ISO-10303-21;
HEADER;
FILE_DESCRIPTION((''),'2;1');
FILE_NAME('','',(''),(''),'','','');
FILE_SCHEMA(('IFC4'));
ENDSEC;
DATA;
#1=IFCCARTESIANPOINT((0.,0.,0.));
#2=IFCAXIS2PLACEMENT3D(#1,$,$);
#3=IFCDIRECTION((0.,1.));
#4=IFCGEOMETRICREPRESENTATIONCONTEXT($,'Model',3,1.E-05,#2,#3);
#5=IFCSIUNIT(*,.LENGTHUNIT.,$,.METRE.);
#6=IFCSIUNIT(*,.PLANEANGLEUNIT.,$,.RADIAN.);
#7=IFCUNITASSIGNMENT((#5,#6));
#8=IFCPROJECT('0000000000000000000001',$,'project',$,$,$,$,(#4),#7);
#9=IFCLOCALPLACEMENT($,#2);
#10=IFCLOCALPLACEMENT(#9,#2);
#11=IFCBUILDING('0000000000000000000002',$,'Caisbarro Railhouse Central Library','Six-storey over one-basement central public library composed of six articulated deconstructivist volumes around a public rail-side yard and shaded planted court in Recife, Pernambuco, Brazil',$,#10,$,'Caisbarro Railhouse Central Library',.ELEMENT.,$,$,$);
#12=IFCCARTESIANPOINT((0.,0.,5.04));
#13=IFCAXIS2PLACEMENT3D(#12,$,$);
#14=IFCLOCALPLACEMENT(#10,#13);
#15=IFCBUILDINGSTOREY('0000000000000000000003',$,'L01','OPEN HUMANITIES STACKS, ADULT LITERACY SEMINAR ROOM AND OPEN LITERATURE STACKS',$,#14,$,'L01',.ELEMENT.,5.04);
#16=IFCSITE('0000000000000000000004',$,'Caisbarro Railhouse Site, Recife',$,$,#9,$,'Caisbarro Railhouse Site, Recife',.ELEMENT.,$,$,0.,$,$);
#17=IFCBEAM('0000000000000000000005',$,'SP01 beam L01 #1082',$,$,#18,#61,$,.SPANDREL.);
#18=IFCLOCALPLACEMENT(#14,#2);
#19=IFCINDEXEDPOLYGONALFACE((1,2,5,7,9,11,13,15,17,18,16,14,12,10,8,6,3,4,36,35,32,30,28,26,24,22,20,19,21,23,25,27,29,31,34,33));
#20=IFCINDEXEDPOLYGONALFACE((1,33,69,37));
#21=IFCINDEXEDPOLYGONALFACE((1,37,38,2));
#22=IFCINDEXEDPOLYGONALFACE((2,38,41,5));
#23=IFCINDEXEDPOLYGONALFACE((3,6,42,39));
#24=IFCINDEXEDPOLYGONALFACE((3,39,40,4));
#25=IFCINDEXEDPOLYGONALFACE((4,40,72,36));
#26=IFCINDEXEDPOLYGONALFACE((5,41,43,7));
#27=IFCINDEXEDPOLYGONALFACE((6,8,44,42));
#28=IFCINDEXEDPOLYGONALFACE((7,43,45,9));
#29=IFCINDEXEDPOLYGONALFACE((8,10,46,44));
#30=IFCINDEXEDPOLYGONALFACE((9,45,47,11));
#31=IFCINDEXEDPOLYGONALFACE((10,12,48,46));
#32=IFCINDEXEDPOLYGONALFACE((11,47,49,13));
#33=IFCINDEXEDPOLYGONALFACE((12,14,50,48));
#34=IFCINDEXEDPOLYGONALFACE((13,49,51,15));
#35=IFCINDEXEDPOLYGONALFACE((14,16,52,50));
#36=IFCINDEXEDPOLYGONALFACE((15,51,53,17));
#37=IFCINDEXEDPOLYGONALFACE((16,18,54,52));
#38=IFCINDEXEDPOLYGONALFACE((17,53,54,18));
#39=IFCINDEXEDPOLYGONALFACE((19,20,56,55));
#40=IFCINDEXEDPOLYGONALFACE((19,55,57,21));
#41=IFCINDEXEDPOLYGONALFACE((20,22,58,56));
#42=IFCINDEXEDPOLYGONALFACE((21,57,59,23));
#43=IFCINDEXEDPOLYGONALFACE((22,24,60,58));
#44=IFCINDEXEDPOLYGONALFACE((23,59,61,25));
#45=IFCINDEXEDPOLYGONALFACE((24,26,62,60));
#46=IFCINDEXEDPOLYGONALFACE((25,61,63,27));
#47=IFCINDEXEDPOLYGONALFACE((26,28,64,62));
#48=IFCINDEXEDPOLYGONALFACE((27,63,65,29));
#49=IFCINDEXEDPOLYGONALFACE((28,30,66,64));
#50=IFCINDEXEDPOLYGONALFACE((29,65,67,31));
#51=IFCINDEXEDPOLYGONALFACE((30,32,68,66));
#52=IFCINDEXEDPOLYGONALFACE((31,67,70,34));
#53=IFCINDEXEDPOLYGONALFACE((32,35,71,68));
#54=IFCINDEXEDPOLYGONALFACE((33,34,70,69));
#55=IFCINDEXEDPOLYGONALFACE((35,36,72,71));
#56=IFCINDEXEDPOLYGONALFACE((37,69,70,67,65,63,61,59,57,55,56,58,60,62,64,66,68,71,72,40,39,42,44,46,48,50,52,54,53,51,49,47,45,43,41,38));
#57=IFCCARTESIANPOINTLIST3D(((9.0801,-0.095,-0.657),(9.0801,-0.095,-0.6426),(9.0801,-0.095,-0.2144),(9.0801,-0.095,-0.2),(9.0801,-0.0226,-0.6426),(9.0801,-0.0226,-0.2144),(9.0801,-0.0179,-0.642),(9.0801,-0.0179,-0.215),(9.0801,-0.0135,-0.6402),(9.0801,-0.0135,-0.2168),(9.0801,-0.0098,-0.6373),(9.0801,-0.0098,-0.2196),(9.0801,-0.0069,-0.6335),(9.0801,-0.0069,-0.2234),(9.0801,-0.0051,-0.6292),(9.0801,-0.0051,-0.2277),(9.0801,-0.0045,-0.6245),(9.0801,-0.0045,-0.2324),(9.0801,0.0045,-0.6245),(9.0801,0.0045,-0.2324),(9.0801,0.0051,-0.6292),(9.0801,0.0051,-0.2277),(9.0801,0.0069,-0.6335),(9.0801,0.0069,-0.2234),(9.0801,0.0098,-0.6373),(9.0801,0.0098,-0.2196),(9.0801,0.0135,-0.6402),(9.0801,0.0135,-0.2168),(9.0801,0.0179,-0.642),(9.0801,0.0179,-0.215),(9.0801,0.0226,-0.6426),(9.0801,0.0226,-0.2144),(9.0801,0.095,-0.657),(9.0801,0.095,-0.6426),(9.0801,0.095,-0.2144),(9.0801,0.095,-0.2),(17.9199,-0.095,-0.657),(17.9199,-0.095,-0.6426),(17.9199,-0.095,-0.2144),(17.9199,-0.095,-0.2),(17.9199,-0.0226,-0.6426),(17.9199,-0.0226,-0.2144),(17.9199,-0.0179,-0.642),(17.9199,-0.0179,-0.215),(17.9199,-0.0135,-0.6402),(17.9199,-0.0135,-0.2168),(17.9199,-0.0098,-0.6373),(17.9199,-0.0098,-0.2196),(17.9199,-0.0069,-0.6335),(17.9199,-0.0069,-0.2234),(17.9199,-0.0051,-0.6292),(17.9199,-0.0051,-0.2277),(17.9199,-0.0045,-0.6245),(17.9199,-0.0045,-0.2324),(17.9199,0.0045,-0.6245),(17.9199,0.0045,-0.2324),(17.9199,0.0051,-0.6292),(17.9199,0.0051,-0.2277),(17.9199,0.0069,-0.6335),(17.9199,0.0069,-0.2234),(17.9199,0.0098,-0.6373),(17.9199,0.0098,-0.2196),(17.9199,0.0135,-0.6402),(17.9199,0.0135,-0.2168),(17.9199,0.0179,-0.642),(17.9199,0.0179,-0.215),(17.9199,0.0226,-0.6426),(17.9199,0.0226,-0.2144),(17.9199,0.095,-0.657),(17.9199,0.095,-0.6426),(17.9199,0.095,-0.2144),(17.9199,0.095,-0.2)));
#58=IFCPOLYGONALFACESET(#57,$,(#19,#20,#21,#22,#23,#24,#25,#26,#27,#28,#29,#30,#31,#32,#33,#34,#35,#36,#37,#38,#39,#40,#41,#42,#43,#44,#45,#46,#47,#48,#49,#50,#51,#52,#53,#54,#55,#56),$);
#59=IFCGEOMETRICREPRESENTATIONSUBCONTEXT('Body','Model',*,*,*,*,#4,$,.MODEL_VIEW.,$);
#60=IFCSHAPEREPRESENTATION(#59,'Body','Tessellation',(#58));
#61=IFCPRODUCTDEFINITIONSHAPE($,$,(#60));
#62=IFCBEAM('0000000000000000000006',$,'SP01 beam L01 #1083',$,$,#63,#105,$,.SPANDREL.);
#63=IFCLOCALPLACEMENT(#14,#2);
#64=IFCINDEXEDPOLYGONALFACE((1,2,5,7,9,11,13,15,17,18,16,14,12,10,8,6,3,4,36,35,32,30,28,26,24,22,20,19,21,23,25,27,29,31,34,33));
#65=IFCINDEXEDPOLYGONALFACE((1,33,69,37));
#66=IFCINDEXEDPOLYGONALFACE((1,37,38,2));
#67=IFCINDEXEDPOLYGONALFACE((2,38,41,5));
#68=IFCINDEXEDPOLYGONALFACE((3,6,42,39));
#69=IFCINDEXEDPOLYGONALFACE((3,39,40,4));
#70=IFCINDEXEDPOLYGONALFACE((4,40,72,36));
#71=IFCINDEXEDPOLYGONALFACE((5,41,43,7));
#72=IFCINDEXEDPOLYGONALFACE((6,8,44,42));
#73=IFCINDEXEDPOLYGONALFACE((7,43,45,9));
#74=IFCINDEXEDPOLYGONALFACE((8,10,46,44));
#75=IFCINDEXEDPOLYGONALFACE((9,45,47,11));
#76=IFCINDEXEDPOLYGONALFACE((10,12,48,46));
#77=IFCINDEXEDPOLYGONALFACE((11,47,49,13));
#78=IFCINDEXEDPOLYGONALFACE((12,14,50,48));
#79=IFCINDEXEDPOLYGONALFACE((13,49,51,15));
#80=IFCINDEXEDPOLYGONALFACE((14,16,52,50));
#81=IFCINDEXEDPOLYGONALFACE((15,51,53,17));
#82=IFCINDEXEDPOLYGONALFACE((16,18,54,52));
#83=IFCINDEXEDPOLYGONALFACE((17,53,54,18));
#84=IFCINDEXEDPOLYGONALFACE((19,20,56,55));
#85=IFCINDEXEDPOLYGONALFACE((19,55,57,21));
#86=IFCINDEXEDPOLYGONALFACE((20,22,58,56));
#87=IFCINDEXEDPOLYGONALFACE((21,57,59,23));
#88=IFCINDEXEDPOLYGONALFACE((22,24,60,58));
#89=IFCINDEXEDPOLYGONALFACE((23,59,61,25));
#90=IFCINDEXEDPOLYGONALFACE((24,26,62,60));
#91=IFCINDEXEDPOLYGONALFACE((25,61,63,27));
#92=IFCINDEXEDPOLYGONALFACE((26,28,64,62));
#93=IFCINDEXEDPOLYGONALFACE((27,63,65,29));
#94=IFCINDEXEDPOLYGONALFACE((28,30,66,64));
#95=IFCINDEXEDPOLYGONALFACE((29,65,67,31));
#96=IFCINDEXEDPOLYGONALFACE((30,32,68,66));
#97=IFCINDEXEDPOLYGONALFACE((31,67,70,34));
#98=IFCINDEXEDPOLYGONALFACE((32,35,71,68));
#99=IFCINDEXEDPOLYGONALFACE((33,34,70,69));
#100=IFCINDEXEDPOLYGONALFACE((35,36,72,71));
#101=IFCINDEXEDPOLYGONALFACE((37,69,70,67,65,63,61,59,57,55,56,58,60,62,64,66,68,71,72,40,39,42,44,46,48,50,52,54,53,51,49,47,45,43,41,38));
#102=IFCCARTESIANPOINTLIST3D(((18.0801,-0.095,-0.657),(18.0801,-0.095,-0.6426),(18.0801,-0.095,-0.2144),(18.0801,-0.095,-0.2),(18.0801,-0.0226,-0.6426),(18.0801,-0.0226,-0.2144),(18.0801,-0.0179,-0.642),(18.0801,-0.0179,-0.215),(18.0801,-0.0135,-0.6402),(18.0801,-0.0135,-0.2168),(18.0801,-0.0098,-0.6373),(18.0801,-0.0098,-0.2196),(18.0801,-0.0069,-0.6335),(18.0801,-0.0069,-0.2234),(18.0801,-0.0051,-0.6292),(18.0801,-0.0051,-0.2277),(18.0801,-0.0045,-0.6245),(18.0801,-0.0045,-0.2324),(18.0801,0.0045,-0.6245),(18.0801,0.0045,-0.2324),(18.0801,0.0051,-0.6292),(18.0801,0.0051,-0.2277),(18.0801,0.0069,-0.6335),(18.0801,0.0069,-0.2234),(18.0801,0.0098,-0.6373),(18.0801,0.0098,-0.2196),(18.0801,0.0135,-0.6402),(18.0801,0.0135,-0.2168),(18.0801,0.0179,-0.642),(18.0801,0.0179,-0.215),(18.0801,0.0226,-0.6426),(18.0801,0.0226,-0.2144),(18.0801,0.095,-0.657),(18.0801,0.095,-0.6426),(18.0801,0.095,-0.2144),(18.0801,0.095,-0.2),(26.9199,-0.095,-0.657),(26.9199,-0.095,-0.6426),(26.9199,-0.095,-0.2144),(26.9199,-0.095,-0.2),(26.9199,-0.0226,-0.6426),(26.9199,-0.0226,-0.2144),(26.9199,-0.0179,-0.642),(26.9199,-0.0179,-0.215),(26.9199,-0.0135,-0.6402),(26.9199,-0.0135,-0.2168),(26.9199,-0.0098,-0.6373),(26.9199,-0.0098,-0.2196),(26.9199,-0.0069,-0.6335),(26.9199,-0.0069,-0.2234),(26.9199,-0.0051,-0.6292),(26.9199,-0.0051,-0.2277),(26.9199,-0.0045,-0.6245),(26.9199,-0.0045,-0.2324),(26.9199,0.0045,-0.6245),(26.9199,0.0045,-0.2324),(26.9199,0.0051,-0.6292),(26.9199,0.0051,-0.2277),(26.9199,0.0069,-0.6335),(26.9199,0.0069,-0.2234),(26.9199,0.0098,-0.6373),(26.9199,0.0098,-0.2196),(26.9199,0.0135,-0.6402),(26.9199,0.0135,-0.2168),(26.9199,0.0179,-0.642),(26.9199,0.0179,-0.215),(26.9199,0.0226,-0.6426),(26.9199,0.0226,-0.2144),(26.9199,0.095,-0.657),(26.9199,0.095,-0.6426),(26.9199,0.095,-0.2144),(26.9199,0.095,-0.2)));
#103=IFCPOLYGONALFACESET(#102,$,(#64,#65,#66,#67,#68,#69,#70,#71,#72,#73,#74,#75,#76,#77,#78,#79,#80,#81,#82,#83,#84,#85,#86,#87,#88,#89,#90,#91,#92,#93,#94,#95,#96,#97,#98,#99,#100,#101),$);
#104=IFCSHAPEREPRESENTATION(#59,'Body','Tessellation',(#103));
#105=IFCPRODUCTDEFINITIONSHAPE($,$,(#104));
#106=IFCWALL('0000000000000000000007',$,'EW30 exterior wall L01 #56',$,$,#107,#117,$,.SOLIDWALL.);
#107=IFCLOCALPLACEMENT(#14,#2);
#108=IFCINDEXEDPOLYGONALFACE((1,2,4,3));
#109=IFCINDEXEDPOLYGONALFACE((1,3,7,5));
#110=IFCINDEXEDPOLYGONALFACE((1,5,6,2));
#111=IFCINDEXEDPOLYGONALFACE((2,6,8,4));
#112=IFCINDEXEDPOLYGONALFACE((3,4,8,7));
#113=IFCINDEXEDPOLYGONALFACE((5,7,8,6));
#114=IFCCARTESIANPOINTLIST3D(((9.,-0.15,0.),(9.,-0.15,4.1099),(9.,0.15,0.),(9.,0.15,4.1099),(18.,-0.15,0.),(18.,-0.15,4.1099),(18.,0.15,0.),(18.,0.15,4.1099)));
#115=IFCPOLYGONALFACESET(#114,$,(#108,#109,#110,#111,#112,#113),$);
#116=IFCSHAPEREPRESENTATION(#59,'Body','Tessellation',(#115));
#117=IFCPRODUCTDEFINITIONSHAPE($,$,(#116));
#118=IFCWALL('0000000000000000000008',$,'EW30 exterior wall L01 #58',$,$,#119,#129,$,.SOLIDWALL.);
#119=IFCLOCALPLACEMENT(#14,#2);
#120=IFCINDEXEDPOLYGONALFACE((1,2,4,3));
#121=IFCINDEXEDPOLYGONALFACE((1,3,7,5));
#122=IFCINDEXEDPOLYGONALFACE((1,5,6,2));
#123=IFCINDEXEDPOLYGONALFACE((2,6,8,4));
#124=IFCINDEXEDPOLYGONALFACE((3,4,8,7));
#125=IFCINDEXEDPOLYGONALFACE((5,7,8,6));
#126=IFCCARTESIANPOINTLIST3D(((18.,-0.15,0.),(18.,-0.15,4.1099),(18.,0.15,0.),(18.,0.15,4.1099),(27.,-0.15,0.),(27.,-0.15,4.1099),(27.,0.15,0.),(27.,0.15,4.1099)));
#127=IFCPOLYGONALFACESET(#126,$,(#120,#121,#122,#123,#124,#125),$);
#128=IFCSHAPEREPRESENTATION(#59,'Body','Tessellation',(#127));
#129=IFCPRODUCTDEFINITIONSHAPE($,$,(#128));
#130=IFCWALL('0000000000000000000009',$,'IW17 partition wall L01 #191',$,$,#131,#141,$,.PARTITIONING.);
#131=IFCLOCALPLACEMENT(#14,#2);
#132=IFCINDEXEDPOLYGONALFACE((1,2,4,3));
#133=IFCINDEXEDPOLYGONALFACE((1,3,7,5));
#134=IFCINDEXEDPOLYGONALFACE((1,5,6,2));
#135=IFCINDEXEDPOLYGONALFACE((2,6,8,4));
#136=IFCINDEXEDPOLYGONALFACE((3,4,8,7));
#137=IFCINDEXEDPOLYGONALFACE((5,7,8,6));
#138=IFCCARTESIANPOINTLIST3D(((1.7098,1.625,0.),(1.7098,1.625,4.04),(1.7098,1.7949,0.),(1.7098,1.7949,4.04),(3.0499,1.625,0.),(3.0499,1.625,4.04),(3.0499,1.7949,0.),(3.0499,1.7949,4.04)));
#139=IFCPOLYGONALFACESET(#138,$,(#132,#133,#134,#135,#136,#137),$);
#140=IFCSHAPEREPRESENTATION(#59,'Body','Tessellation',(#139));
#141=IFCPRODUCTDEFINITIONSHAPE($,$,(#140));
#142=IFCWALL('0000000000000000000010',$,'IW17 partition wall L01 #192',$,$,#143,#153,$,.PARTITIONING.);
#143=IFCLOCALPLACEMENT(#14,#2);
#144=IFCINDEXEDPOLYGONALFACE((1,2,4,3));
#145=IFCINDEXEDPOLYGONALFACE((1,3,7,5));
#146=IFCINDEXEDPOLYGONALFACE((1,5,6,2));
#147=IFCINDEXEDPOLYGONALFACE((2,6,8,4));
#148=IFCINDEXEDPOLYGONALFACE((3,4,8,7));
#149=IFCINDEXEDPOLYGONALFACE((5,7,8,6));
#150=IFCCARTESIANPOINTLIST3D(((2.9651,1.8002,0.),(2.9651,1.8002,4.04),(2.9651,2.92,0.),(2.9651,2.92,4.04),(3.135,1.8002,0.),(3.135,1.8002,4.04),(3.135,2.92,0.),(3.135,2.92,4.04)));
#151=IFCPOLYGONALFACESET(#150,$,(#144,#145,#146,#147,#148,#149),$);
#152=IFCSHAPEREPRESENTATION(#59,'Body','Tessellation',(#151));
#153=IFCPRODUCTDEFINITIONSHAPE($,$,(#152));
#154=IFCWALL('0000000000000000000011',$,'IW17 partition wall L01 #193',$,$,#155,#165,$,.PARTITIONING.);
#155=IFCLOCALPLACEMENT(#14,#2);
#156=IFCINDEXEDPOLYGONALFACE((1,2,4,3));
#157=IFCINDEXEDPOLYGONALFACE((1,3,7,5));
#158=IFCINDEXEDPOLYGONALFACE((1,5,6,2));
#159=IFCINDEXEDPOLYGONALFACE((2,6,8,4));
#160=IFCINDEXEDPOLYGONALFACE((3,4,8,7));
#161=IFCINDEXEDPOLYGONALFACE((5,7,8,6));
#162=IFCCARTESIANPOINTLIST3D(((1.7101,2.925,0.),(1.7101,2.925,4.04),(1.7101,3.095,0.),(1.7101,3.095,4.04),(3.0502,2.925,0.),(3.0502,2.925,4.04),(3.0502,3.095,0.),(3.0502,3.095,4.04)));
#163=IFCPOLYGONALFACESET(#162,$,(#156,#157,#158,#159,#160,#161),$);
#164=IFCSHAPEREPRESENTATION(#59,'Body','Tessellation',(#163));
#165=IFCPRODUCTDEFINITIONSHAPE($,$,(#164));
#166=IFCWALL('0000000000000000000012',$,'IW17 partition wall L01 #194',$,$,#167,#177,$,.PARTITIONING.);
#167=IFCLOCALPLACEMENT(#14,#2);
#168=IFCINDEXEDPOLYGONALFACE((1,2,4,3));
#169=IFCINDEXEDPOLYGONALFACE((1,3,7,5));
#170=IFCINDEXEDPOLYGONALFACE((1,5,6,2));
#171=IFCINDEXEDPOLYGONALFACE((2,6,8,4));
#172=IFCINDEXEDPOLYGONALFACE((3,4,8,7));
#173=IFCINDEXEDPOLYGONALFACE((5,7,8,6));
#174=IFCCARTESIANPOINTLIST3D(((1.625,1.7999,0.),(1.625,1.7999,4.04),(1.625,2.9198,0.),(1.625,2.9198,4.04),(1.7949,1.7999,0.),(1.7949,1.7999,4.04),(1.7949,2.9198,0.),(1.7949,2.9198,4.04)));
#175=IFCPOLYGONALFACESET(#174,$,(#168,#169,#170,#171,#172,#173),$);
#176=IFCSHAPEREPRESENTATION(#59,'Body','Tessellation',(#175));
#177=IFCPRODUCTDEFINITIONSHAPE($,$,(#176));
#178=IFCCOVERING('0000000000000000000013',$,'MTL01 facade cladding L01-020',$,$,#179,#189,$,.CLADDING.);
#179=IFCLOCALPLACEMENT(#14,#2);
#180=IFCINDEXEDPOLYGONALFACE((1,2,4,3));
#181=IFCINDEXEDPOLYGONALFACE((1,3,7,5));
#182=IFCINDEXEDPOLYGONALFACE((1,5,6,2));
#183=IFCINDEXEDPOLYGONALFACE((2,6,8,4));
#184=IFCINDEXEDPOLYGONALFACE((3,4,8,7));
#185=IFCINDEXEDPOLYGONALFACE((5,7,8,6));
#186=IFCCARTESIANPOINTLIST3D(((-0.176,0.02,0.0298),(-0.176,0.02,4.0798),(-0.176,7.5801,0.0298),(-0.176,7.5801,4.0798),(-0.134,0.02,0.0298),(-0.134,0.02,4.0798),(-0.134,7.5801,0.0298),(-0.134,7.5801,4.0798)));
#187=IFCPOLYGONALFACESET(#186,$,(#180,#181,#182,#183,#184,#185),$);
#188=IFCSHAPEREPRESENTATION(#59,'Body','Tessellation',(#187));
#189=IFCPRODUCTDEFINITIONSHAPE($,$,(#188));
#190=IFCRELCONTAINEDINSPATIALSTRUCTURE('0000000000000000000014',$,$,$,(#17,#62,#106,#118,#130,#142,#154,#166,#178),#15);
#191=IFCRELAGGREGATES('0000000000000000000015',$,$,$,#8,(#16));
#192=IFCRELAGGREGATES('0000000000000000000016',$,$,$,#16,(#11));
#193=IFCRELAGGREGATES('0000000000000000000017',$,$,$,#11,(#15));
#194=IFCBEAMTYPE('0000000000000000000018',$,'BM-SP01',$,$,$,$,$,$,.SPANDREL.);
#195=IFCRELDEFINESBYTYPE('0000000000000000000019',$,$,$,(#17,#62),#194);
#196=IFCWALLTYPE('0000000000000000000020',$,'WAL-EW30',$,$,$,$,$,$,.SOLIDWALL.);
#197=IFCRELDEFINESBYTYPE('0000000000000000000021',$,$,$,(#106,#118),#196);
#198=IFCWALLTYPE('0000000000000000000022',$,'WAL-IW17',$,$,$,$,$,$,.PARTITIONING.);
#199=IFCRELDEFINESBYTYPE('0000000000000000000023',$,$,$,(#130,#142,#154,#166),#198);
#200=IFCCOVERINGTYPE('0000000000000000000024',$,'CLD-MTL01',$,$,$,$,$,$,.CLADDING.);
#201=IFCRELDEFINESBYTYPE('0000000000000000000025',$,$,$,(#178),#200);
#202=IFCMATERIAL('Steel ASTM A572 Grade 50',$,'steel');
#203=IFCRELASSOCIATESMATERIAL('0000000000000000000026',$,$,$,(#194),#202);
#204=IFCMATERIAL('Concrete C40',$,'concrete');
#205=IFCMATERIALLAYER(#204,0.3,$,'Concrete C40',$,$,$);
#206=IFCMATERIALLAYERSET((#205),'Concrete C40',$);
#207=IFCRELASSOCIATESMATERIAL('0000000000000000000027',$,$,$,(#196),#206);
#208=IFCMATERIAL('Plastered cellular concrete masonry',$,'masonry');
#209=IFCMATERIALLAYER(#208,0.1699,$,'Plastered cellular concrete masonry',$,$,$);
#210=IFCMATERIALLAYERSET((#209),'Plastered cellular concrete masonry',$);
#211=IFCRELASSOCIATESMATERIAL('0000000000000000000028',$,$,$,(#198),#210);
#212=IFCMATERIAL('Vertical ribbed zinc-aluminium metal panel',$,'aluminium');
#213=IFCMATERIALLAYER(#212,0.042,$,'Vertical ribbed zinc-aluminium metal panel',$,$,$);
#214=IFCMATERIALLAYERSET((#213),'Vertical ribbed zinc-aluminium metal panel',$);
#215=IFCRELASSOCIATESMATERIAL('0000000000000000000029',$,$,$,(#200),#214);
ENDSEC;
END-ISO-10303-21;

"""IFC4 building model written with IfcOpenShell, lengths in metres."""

from ifc_helpers import new_model, si_unit, direction, frame, frame_2d, origin, origin_2d, place, context, subcontext, project, spatial, rectangle, i_section, extrude, material, layer, layer_set, material_profile, profile_set, type_object, element, save


model = new_model("IFC4")

# Units and contexts
model_context = context("Model", 3, precision=1e-05, world=origin(), true_north=direction((0.0, 1.0)))
body_context = subcontext(model_context, "Body", "Model", "MODEL_VIEW")
ifc_project = project(units=[si_unit("LENGTHUNIT", "METRE"), si_unit("PLANEANGLEUNIT", "RADIAN")], contexts=[model_context])

# Site, building, storey
site_placement = place(None, origin())
site = spatial("IfcSite", under=ifc_project, at=site_placement, Name="Caisbarro Railhouse Site, Recife", LongName="Caisbarro Railhouse Site, Recife", CompositionType="ELEMENT", RefElevation=0.0)
building_placement = place(site_placement, origin())
building = spatial("IfcBuilding", under=site, at=building_placement, Name="Caisbarro Railhouse Central Library", Description="Six-storey over one-basement central public library composed of six articulated deconstructivist volumes around a public rail-side yard and shaded planted court in Recife, Pernambuco, Brazil", LongName="Caisbarro Railhouse Central Library", CompositionType="ELEMENT")
storey_placement = place(building_placement, frame((0.0, 0.0, 5.04)))
storey = spatial("IfcBuildingStorey", under=building, at=storey_placement, Name="L01", Description="OPEN HUMANITIES STACKS, ADULT LITERACY SEMINAR ROOM AND OPEN LITERATURE STACKS", LongName="L01", CompositionType="ELEMENT", Elevation=5.04)

# Shared definitions
ifc_material_1 = material(Name="Steel ASTM A572 Grade 50", Category="steel")

# Beams
ifc_material_profile_1 = material_profile(ifc_material_1, i_section(OverallWidth=0.1899, OverallDepth=0.457, WebThickness=0.009, FlangeThickness=0.0144, FilletRadius=0.0181, at=origin_2d()), Name="W460X74.0")
ifc_profile_set_1 = profile_set([ifc_material_profile_1], Name="Steel ASTM A572 Grade 50")
beam_type_1 = type_object("IfcBeamType", Name="BM-SP01", PredefinedType="SPANDREL", material=ifc_profile_set_1)
for number, where, z_axis, x_axis, name in (
    (1, (9.0801, 0.0, -0.4285), (1.0, 0.0, 0.0), (0.0, 1.0, 0.0), "SP01 beam L01 #1082"),
    (2, (18.0801, 0.0, -0.4285), (1.0, 0.0, 0.0), (0.0, 1.0, 0.0), "SP01 beam L01 #1083"),
):
    element("IfcBeam", number, at=place(storey_placement, frame(where, z_axis=z_axis, x_axis=x_axis)), inside=storey, type_object=beam_type_1, Name=name, PredefinedType="SPANDREL", context=body_context, shape_type="SweptSolid", body=[
        extrude(i_section(OverallWidth=0.1899, OverallDepth=0.457, WebThickness=0.009, FlangeThickness=0.0144, FilletRadius=0.0181, at=origin_2d()), origin(), (0.0, 0.0, 1.0), 8.8398),
    ])

# Walls
ifc_material_2 = material(Name="Concrete C40", Category="concrete")
ifc_layer_1 = layer(ifc_material_2, 0.3, Name="Concrete C40")
ifc_layer_set_1 = layer_set([ifc_layer_1], Name="Concrete C40")
wall_type_1 = type_object("IfcWallType", Name="WAL-EW30", PredefinedType="SOLIDWALL", material=ifc_layer_set_1)
for number, where, z_axis, x_axis, name in (
    (3, (9.0, 0.0, 0.0), (0.0, 0.0, 1.0), (1.0, 0.0, 0.0), "EW30 exterior wall L01 #56"),
    (4, (18.0, 0.0, 0.0), (0.0, 0.0, 1.0), (1.0, 0.0, 0.0), "EW30 exterior wall L01 #58"),
):
    element("IfcWall", number, at=place(storey_placement, frame(where, z_axis=z_axis, x_axis=x_axis)), inside=storey, type_object=wall_type_1, Name=name, PredefinedType="SOLIDWALL", context=body_context, shape_type="SweptSolid", body=[
        extrude(rectangle(XDim=9.0, YDim=0.3, at=frame_2d((4.5, 0.0))), origin(), (0.0, 0.0, 1.0), 4.1099),
    ])
ifc_material_3 = material(Name="Plastered cellular concrete masonry", Category="masonry")
ifc_layer_2 = layer(ifc_material_3, 0.1699, Name="Plastered cellular concrete masonry")
ifc_layer_set_2 = layer_set([ifc_layer_2], Name="Plastered cellular concrete masonry")
wall_type_2 = type_object("IfcWallType", Name="WAL-IW17", PredefinedType="PARTITIONING", material=ifc_layer_set_2)
wall_1_placement = place(storey_placement, frame((1.71, 1.71, 0.0), z_axis=(0.0, 0.0, 1.0), x_axis=(1.0, 0.0, 0.0)))
element("IfcWall", 5, at=wall_1_placement, inside=storey, type_object=wall_type_2, Name="IW17 partition wall L01 #191", PredefinedType="PARTITIONING", context=body_context, shape_type="SweptSolid", body=[
    extrude(rectangle(XDim=1.3401, YDim=0.1699, at=frame_2d((0.6699, 0.0))), origin(), (0.0, 0.0, 1.0), 4.04),
])
wall_2_placement = place(storey_placement, frame((3.05, 1.8, 0.0), z_axis=(0.0, 0.0, 1.0), x_axis=(0.0, 1.0, 0.0)))
element("IfcWall", 6, at=wall_2_placement, inside=storey, type_object=wall_type_2, Name="IW17 partition wall L01 #192", PredefinedType="PARTITIONING", context=body_context, shape_type="SweptSolid", body=[
    extrude(rectangle(XDim=1.1199, YDim=0.1699, at=frame_2d((0.5601, 0.0))), origin(), (0.0, 0.0, 1.0), 4.04),
])
wall_3_placement = place(storey_placement, frame((3.05, 3.01, 0.0), z_axis=(0.0, 0.0, 1.0), x_axis=(-1.0, 0.0, 0.0)))
element("IfcWall", 7, at=wall_3_placement, inside=storey, type_object=wall_type_2, Name="IW17 partition wall L01 #193", PredefinedType="PARTITIONING", context=body_context, shape_type="SweptSolid", body=[
    extrude(rectangle(XDim=1.3401, YDim=0.1699, at=frame_2d((0.6699, 0.0))), origin(), (0.0, 0.0, 1.0), 4.04),
])
wall_4_placement = place(storey_placement, frame((1.71, 2.9199, 0.0), z_axis=(0.0, 0.0, 1.0), x_axis=(0.0, -1.0, 0.0)))
element("IfcWall", 8, at=wall_4_placement, inside=storey, type_object=wall_type_2, Name="IW17 partition wall L01 #194", PredefinedType="PARTITIONING", context=body_context, shape_type="SweptSolid", body=[
    extrude(rectangle(XDim=1.1199, YDim=0.1699, at=frame_2d((0.5601, 0.0))), origin(), (0.0, 0.0, 1.0), 4.04),
])

# Covering
ifc_material_4 = material(Name="Vertical ribbed zinc-aluminium metal panel", Category="aluminium")
ifc_layer_3 = layer(ifc_material_4, 0.042, Name="Vertical ribbed zinc-aluminium metal panel")
ifc_layer_set_3 = layer_set([ifc_layer_3], Name="Vertical ribbed zinc-aluminium metal panel")
covering_type_1 = type_object("IfcCoveringType", Name="CLD-MTL01", PredefinedType="CLADDING", material=ifc_layer_set_3)
covering_1_placement = place(storey_placement, frame((-0.155, 3.8, 0.0298), z_axis=(0.0, 0.0, 1.0), x_axis=(0.0, 1.0, 0.0)))
element("IfcCovering", 9, at=covering_1_placement, inside=storey, type_object=covering_type_1, Name="MTL01 facade cladding L01-020", PredefinedType="CLADDING", context=body_context, shape_type="SweptSolid", body=[
    extrude(rectangle(XDim=7.5601, YDim=0.042, at=origin_2d()), origin(), (0.0, 0.0, 1.0), 4.05),
])

save(model, "model.ifc")
